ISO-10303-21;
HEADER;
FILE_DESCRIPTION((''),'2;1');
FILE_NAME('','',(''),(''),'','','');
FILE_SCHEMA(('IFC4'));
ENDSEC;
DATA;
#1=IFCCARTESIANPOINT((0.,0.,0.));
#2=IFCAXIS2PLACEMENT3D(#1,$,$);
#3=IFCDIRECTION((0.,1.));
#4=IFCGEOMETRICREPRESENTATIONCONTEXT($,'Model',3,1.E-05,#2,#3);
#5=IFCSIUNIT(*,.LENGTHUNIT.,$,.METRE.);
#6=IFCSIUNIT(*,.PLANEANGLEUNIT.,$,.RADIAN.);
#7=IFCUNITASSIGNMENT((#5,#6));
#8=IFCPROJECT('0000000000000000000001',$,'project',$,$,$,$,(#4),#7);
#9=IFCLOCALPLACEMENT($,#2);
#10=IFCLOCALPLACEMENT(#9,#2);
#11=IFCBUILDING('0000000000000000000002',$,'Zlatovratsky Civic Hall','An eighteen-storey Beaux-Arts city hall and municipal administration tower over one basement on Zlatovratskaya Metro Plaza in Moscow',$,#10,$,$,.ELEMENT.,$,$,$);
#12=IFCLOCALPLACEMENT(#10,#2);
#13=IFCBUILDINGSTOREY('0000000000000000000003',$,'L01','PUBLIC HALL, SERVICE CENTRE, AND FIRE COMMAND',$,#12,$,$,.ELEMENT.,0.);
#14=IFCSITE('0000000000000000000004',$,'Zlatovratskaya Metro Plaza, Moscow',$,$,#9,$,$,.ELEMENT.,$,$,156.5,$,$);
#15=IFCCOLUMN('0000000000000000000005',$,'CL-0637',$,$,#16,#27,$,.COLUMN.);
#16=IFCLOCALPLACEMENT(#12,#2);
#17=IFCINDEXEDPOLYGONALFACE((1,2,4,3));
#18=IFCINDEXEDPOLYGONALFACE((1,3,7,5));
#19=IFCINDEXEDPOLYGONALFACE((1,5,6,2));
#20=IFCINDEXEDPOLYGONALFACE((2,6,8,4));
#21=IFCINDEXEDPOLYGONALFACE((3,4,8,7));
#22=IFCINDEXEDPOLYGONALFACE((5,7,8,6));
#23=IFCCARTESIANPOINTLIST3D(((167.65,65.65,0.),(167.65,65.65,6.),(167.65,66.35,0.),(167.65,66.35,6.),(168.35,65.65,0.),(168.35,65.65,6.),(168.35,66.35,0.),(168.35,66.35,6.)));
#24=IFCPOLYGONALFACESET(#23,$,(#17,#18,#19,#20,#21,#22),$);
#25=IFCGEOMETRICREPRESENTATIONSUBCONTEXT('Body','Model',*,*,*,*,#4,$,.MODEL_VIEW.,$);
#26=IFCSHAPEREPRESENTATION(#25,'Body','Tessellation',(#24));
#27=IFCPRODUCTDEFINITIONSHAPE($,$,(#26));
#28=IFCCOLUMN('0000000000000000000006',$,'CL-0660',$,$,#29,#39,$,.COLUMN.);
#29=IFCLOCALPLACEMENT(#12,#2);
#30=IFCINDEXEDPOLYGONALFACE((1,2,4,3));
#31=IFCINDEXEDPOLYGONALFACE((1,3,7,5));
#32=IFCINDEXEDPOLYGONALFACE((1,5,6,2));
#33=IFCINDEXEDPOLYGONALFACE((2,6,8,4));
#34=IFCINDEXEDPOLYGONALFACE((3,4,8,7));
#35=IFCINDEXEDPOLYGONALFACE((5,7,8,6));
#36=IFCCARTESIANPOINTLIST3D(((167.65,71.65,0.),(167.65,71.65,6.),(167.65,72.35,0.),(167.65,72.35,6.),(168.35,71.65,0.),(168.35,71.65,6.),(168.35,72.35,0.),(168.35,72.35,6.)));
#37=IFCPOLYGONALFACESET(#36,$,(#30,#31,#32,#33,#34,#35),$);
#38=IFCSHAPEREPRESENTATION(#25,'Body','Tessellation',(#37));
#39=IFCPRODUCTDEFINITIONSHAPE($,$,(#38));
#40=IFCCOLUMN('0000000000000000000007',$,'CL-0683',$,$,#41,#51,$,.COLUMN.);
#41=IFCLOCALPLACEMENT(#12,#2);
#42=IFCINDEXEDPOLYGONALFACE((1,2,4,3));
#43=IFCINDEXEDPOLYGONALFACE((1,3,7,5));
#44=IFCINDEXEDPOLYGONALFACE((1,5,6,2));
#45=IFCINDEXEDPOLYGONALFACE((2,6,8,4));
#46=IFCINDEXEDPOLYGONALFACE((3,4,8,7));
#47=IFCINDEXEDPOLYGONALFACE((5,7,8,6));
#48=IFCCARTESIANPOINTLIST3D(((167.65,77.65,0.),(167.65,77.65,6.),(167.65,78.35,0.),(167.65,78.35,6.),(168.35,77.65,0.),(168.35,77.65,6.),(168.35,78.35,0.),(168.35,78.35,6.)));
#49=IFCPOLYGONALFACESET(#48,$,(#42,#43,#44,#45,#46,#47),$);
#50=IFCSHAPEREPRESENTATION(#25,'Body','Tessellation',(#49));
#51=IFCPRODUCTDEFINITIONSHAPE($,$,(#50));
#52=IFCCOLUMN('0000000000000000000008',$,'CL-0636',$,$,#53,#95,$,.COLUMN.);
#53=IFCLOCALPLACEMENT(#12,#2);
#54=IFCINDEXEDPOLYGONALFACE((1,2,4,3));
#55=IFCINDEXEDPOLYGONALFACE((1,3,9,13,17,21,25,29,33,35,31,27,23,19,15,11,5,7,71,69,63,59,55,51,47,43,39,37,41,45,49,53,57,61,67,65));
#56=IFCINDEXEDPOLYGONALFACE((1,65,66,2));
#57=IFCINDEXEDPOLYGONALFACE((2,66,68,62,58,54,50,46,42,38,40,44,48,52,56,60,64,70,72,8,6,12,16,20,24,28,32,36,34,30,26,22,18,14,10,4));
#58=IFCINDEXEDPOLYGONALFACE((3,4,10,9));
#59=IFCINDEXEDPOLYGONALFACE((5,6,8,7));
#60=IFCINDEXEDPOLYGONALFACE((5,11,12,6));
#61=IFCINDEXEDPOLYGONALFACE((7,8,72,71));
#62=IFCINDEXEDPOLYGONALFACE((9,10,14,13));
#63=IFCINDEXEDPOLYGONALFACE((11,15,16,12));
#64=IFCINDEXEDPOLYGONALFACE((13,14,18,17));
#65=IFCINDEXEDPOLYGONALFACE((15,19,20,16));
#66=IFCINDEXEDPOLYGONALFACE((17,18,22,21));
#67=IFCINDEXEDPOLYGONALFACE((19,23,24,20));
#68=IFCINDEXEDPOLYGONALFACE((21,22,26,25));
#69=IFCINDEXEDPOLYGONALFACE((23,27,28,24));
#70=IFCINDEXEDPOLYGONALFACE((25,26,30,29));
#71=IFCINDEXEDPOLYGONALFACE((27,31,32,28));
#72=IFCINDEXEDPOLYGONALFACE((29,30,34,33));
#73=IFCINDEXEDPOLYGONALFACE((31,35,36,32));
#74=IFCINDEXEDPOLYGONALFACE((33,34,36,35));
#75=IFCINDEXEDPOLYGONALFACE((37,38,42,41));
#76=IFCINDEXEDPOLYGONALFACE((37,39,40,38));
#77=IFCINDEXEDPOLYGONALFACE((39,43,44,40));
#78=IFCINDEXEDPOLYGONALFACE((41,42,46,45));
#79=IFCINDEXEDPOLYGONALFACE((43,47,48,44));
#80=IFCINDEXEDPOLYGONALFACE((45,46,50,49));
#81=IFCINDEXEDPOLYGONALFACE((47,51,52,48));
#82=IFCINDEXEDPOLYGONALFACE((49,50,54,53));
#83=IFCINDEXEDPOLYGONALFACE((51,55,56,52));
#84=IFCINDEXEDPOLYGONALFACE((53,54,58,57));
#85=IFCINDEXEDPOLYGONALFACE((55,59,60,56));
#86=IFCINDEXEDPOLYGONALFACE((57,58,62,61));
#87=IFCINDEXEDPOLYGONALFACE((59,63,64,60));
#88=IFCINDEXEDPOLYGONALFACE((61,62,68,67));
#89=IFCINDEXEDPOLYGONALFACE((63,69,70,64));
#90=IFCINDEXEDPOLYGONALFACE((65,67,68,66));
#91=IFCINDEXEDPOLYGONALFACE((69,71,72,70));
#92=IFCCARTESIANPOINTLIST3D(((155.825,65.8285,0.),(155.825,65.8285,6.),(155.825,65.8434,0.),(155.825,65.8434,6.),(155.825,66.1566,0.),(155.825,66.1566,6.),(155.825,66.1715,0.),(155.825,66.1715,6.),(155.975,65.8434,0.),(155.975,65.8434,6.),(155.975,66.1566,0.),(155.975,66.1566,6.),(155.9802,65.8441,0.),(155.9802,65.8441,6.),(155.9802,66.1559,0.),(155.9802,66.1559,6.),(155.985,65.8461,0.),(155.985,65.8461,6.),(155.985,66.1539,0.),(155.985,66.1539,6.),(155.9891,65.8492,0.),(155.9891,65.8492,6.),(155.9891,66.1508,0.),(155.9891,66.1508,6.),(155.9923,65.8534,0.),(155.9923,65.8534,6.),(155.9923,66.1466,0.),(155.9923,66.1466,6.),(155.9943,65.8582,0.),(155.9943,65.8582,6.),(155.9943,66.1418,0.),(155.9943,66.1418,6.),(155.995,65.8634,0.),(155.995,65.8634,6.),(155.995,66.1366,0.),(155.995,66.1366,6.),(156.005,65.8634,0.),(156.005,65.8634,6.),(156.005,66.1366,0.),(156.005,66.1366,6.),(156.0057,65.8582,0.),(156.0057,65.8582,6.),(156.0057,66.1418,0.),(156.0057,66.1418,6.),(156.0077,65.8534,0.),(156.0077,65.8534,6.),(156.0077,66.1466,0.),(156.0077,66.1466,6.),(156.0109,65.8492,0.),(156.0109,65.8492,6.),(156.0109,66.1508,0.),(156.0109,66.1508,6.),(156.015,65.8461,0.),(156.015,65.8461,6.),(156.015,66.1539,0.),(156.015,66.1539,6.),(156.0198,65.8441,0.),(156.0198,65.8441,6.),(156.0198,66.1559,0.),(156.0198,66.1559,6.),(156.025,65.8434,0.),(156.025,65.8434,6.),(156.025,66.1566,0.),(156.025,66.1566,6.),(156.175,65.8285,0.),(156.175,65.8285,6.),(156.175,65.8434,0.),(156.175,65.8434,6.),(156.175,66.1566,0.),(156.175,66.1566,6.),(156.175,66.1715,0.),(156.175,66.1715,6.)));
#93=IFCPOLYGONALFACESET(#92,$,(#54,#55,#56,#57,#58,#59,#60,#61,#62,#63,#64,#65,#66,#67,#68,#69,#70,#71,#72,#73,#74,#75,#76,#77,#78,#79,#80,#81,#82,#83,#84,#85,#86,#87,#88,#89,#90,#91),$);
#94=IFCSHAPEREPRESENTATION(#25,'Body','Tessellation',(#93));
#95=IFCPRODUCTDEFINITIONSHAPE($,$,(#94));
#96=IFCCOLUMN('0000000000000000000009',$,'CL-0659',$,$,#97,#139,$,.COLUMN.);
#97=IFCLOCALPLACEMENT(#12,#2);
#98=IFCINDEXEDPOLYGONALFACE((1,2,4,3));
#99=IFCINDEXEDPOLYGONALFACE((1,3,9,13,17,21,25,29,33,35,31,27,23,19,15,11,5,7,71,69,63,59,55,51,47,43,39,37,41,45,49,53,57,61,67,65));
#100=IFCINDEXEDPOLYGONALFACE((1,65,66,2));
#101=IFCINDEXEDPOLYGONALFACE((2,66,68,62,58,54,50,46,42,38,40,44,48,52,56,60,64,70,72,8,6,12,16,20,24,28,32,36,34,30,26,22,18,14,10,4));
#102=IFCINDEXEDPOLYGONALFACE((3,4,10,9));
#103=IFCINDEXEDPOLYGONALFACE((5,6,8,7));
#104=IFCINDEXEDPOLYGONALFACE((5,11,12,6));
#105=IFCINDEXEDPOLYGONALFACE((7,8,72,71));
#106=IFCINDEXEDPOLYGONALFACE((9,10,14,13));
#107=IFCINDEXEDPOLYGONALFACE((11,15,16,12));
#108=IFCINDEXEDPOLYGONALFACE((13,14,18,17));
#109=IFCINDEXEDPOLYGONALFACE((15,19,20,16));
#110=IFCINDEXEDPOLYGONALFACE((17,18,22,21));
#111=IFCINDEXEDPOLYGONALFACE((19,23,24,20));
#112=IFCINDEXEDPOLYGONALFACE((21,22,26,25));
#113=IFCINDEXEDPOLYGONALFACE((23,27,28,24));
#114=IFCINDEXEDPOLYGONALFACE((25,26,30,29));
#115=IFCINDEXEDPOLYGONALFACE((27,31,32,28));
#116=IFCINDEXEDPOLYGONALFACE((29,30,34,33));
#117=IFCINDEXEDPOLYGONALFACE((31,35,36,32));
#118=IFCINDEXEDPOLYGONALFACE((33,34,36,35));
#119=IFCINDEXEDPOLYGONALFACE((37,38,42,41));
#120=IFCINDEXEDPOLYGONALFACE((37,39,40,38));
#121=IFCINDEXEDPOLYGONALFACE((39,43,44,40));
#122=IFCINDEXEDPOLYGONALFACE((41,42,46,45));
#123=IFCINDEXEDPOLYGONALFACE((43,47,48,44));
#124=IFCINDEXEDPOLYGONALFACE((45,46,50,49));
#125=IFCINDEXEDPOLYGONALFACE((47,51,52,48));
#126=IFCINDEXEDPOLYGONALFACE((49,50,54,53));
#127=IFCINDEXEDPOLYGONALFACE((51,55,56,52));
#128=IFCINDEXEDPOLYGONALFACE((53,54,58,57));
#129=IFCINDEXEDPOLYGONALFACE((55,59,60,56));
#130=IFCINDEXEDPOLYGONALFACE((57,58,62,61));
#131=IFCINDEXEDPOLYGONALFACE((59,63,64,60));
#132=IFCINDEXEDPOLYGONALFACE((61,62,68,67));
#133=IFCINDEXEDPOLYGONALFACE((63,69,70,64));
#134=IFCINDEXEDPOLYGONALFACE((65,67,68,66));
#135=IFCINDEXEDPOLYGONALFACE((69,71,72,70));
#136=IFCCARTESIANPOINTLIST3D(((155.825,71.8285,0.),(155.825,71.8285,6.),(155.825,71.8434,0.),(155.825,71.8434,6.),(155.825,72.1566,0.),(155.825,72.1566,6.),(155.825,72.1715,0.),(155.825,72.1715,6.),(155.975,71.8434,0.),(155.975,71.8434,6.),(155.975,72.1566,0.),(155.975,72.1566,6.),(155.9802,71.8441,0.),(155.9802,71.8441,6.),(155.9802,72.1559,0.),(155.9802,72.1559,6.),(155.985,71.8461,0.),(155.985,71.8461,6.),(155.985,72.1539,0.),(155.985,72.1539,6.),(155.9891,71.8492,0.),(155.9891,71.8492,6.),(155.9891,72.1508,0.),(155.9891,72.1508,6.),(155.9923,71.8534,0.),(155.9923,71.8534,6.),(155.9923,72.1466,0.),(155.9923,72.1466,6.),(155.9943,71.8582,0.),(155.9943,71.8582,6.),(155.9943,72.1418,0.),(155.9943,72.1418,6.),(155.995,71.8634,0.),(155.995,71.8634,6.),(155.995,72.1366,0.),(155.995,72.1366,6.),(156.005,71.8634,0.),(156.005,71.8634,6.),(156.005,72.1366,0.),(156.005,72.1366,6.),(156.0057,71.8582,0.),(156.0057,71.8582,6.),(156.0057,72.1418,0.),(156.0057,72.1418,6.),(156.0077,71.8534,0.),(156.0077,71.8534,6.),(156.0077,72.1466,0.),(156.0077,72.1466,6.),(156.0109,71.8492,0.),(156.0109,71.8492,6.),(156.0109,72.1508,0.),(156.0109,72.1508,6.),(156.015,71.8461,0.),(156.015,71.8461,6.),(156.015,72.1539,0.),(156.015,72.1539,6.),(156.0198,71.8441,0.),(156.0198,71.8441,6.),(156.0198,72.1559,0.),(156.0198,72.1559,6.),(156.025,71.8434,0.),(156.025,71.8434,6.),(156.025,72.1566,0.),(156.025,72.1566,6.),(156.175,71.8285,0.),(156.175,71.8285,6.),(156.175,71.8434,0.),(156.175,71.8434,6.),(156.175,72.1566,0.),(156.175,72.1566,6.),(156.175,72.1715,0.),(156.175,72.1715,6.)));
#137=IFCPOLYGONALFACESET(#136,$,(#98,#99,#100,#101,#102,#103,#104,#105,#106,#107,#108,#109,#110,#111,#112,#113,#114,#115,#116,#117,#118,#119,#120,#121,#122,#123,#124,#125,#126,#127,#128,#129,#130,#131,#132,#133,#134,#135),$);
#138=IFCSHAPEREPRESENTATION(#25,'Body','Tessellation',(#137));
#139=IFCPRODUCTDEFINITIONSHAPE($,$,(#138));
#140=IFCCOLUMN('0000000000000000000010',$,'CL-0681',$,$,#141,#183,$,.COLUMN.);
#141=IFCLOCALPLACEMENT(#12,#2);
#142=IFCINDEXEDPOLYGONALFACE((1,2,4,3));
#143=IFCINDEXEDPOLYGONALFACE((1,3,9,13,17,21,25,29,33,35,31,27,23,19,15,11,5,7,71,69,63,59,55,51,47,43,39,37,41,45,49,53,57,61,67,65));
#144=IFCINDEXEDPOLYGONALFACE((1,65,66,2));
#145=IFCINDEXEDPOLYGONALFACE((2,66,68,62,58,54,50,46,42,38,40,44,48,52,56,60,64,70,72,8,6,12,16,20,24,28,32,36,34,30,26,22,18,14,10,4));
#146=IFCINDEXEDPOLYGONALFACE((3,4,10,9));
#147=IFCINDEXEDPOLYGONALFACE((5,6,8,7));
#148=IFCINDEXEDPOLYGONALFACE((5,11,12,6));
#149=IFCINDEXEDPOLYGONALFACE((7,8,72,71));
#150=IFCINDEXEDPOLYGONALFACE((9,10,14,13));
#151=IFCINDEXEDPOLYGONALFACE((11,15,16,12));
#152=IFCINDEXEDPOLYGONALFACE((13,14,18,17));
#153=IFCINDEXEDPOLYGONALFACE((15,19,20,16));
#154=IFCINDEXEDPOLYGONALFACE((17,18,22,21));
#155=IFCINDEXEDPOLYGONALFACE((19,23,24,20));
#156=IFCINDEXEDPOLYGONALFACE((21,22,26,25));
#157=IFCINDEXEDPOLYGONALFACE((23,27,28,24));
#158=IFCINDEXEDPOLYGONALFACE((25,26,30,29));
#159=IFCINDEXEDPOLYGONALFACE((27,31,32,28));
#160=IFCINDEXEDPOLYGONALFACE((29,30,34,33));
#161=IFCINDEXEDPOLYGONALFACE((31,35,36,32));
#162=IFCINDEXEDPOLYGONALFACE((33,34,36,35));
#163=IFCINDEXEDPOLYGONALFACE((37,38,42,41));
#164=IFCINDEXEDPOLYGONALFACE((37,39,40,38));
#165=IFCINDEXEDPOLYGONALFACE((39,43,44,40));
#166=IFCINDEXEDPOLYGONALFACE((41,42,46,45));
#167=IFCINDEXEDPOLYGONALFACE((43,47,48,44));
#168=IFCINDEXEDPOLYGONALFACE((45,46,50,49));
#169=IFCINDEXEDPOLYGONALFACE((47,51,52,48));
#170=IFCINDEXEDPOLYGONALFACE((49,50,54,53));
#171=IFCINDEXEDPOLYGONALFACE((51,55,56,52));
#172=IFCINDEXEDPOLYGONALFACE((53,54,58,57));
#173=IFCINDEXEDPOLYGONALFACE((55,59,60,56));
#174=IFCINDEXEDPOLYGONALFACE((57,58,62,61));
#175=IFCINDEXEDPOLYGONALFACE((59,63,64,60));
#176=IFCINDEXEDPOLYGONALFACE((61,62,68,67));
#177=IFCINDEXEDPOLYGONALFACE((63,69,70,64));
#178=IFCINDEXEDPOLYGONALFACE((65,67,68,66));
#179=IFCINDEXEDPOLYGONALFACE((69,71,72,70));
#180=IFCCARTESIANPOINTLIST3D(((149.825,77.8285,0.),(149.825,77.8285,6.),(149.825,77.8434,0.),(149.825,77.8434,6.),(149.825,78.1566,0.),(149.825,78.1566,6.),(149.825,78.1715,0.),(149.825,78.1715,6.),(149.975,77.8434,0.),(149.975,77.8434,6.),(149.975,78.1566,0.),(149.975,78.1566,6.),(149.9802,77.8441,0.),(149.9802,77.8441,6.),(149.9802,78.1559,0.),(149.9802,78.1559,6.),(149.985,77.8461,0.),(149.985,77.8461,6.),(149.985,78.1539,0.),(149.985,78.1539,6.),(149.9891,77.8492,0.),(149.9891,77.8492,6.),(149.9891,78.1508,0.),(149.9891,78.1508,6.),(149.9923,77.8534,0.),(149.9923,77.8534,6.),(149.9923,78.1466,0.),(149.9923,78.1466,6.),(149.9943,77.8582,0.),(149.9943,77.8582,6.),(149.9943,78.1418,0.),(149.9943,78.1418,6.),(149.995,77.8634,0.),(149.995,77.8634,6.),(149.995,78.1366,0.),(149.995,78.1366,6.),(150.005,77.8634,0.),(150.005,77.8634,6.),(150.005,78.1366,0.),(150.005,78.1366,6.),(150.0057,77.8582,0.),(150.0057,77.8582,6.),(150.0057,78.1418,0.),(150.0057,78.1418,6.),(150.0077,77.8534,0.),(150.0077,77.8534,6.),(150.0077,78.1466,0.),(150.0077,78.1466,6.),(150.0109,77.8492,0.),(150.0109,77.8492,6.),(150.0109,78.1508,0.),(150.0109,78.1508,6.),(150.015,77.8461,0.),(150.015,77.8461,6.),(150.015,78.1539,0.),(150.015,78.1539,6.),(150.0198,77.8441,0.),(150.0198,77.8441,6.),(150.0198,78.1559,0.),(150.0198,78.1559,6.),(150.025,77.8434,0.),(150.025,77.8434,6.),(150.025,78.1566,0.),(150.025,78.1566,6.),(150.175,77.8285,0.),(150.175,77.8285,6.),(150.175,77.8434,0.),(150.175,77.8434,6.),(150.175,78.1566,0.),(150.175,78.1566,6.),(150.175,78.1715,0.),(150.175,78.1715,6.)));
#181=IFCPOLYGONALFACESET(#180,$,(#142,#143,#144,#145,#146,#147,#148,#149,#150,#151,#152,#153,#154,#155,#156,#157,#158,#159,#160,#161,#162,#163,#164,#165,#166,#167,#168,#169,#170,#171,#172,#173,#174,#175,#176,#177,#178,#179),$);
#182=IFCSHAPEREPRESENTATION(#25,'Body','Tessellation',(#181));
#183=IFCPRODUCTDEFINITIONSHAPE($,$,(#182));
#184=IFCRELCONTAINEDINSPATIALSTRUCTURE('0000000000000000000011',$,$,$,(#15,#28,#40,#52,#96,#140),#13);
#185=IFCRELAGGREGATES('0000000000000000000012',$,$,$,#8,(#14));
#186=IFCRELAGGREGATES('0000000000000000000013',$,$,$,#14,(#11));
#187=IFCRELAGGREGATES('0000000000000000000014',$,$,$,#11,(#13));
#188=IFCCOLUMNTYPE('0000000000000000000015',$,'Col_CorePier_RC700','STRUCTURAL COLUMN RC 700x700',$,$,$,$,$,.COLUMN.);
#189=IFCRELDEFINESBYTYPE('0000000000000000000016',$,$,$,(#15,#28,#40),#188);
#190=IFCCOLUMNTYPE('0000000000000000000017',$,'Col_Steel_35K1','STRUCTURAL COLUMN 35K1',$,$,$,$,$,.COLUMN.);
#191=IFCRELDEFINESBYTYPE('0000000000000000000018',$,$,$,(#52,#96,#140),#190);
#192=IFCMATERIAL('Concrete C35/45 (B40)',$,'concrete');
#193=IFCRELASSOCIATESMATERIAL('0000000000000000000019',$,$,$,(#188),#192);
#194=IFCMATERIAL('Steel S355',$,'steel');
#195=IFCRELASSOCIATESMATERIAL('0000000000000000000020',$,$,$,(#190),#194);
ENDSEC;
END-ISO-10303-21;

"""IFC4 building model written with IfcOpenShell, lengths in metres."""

from ifc_helpers import new_model, si_unit, direction, frame, origin, origin_2d, place, context, subcontext, project, spatial, rectangle, i_section, extrude, material, material_profile, profile_set, type_object, element, save


model = new_model("IFC4")

# Units and contexts
model_context = context("Model", 3, precision=1e-05, world=origin(), true_north=direction((0.0, 1.0)))
body_context = subcontext(model_context, "Body", "Model", "MODEL_VIEW")
ifc_project = project(units=[si_unit("LENGTHUNIT", "METRE"), si_unit("PLANEANGLEUNIT", "RADIAN")], contexts=[model_context])

# Site, building, storey
site_placement = place(None, origin())
site = spatial("IfcSite", under=ifc_project, at=site_placement, Name="Zlatovratskaya Metro Plaza, Moscow", CompositionType="ELEMENT", RefElevation=156.5)
building_placement = place(site_placement, origin())
building = spatial("IfcBuilding", under=site, at=building_placement, Name="Zlatovratsky Civic Hall", Description="An eighteen-storey Beaux-Arts city hall and municipal administration tower over one basement on Zlatovratskaya Metro Plaza in Moscow", CompositionType="ELEMENT")
storey_placement = place(building_placement, origin())
storey = spatial("IfcBuildingStorey", under=building, at=storey_placement, Name="L01", Description="PUBLIC HALL, SERVICE CENTRE, AND FIRE COMMAND", CompositionType="ELEMENT", Elevation=0.0)

# Columns
ifc_material_1 = material(Name="Concrete C35/45 (B40)", Category="concrete")
ifc_material_profile_1 = material_profile(ifc_material_1, rectangle(XDim=0.7, YDim=0.7, at=origin_2d()), Name="RC 700x700")
ifc_profile_set_1 = profile_set([ifc_material_profile_1], Name="Concrete C35/45 (B40)")
column_type_1 = type_object("IfcColumnType", Name="Col_CorePier_RC700", Description="STRUCTURAL COLUMN RC 700x700", PredefinedType="COLUMN", material=ifc_profile_set_1)
for number, where, z_axis, x_axis, name in (
    (1, (168.0, 66.0, 0.0), (0.0, 0.0, 1.0), (1.0, 0.0, 0.0), "CL-0637"),
    (2, (168.0, 72.0, 0.0), (0.0, 0.0, 1.0), (1.0, 0.0, 0.0), "CL-0660"),
    (3, (168.0, 78.0, 0.0), (0.0, 0.0, 1.0), (1.0, 0.0, 0.0), "CL-0683"),
):
    element("IfcColumn", number, at=place(storey_placement, frame(where, z_axis=z_axis, x_axis=x_axis)), inside=storey, type_object=column_type_1, Name=name, PredefinedType="COLUMN", context=body_context, shape_type="SweptSolid", body=[
        extrude(rectangle(XDim=0.7, YDim=0.7, at=origin_2d()), origin(), (0.0, 0.0, 1.0), 6.0),
    ])
ifc_material_2 = material(Name="Steel S355", Category="steel")
ifc_material_profile_2 = material_profile(ifc_material_2, i_section(OverallWidth=0.3501, OverallDepth=0.343, WebThickness=0.01, FlangeThickness=0.0149, FilletRadius=0.02, at=origin_2d()), Name="35K1")
ifc_profile_set_2 = profile_set([ifc_material_profile_2], Name="Steel S355")
column_type_2 = type_object("IfcColumnType", Name="Col_Steel_35K1", Description="STRUCTURAL COLUMN 35K1", PredefinedType="COLUMN", material=ifc_profile_set_2)
for number, where, z_axis, x_axis, name in (
    (4, (156.0, 66.0, 0.0), (0.0, 0.0, 1.0), (1.0, 0.0, 0.0), "CL-0636"),
    (5, (156.0, 72.0, 0.0), (0.0, 0.0, 1.0), (1.0, 0.0, 0.0), "CL-0659"),
    (6, (150.0, 78.0, 0.0), (0.0, 0.0, 1.0), (1.0, 0.0, 0.0), "CL-0681"),
):
    element("IfcColumn", number, at=place(storey_placement, frame(where, z_axis=z_axis, x_axis=x_axis)), inside=storey, type_object=column_type_2, Name=name, PredefinedType="COLUMN", context=body_context, shape_type="SweptSolid", body=[
        extrude(i_section(OverallWidth=0.3501, OverallDepth=0.343, WebThickness=0.01, FlangeThickness=0.0149, FilletRadius=0.02, at=origin_2d()), origin(), (0.0, 0.0, 1.0), 6.0),
    ])

save(model, "model.ifc")
